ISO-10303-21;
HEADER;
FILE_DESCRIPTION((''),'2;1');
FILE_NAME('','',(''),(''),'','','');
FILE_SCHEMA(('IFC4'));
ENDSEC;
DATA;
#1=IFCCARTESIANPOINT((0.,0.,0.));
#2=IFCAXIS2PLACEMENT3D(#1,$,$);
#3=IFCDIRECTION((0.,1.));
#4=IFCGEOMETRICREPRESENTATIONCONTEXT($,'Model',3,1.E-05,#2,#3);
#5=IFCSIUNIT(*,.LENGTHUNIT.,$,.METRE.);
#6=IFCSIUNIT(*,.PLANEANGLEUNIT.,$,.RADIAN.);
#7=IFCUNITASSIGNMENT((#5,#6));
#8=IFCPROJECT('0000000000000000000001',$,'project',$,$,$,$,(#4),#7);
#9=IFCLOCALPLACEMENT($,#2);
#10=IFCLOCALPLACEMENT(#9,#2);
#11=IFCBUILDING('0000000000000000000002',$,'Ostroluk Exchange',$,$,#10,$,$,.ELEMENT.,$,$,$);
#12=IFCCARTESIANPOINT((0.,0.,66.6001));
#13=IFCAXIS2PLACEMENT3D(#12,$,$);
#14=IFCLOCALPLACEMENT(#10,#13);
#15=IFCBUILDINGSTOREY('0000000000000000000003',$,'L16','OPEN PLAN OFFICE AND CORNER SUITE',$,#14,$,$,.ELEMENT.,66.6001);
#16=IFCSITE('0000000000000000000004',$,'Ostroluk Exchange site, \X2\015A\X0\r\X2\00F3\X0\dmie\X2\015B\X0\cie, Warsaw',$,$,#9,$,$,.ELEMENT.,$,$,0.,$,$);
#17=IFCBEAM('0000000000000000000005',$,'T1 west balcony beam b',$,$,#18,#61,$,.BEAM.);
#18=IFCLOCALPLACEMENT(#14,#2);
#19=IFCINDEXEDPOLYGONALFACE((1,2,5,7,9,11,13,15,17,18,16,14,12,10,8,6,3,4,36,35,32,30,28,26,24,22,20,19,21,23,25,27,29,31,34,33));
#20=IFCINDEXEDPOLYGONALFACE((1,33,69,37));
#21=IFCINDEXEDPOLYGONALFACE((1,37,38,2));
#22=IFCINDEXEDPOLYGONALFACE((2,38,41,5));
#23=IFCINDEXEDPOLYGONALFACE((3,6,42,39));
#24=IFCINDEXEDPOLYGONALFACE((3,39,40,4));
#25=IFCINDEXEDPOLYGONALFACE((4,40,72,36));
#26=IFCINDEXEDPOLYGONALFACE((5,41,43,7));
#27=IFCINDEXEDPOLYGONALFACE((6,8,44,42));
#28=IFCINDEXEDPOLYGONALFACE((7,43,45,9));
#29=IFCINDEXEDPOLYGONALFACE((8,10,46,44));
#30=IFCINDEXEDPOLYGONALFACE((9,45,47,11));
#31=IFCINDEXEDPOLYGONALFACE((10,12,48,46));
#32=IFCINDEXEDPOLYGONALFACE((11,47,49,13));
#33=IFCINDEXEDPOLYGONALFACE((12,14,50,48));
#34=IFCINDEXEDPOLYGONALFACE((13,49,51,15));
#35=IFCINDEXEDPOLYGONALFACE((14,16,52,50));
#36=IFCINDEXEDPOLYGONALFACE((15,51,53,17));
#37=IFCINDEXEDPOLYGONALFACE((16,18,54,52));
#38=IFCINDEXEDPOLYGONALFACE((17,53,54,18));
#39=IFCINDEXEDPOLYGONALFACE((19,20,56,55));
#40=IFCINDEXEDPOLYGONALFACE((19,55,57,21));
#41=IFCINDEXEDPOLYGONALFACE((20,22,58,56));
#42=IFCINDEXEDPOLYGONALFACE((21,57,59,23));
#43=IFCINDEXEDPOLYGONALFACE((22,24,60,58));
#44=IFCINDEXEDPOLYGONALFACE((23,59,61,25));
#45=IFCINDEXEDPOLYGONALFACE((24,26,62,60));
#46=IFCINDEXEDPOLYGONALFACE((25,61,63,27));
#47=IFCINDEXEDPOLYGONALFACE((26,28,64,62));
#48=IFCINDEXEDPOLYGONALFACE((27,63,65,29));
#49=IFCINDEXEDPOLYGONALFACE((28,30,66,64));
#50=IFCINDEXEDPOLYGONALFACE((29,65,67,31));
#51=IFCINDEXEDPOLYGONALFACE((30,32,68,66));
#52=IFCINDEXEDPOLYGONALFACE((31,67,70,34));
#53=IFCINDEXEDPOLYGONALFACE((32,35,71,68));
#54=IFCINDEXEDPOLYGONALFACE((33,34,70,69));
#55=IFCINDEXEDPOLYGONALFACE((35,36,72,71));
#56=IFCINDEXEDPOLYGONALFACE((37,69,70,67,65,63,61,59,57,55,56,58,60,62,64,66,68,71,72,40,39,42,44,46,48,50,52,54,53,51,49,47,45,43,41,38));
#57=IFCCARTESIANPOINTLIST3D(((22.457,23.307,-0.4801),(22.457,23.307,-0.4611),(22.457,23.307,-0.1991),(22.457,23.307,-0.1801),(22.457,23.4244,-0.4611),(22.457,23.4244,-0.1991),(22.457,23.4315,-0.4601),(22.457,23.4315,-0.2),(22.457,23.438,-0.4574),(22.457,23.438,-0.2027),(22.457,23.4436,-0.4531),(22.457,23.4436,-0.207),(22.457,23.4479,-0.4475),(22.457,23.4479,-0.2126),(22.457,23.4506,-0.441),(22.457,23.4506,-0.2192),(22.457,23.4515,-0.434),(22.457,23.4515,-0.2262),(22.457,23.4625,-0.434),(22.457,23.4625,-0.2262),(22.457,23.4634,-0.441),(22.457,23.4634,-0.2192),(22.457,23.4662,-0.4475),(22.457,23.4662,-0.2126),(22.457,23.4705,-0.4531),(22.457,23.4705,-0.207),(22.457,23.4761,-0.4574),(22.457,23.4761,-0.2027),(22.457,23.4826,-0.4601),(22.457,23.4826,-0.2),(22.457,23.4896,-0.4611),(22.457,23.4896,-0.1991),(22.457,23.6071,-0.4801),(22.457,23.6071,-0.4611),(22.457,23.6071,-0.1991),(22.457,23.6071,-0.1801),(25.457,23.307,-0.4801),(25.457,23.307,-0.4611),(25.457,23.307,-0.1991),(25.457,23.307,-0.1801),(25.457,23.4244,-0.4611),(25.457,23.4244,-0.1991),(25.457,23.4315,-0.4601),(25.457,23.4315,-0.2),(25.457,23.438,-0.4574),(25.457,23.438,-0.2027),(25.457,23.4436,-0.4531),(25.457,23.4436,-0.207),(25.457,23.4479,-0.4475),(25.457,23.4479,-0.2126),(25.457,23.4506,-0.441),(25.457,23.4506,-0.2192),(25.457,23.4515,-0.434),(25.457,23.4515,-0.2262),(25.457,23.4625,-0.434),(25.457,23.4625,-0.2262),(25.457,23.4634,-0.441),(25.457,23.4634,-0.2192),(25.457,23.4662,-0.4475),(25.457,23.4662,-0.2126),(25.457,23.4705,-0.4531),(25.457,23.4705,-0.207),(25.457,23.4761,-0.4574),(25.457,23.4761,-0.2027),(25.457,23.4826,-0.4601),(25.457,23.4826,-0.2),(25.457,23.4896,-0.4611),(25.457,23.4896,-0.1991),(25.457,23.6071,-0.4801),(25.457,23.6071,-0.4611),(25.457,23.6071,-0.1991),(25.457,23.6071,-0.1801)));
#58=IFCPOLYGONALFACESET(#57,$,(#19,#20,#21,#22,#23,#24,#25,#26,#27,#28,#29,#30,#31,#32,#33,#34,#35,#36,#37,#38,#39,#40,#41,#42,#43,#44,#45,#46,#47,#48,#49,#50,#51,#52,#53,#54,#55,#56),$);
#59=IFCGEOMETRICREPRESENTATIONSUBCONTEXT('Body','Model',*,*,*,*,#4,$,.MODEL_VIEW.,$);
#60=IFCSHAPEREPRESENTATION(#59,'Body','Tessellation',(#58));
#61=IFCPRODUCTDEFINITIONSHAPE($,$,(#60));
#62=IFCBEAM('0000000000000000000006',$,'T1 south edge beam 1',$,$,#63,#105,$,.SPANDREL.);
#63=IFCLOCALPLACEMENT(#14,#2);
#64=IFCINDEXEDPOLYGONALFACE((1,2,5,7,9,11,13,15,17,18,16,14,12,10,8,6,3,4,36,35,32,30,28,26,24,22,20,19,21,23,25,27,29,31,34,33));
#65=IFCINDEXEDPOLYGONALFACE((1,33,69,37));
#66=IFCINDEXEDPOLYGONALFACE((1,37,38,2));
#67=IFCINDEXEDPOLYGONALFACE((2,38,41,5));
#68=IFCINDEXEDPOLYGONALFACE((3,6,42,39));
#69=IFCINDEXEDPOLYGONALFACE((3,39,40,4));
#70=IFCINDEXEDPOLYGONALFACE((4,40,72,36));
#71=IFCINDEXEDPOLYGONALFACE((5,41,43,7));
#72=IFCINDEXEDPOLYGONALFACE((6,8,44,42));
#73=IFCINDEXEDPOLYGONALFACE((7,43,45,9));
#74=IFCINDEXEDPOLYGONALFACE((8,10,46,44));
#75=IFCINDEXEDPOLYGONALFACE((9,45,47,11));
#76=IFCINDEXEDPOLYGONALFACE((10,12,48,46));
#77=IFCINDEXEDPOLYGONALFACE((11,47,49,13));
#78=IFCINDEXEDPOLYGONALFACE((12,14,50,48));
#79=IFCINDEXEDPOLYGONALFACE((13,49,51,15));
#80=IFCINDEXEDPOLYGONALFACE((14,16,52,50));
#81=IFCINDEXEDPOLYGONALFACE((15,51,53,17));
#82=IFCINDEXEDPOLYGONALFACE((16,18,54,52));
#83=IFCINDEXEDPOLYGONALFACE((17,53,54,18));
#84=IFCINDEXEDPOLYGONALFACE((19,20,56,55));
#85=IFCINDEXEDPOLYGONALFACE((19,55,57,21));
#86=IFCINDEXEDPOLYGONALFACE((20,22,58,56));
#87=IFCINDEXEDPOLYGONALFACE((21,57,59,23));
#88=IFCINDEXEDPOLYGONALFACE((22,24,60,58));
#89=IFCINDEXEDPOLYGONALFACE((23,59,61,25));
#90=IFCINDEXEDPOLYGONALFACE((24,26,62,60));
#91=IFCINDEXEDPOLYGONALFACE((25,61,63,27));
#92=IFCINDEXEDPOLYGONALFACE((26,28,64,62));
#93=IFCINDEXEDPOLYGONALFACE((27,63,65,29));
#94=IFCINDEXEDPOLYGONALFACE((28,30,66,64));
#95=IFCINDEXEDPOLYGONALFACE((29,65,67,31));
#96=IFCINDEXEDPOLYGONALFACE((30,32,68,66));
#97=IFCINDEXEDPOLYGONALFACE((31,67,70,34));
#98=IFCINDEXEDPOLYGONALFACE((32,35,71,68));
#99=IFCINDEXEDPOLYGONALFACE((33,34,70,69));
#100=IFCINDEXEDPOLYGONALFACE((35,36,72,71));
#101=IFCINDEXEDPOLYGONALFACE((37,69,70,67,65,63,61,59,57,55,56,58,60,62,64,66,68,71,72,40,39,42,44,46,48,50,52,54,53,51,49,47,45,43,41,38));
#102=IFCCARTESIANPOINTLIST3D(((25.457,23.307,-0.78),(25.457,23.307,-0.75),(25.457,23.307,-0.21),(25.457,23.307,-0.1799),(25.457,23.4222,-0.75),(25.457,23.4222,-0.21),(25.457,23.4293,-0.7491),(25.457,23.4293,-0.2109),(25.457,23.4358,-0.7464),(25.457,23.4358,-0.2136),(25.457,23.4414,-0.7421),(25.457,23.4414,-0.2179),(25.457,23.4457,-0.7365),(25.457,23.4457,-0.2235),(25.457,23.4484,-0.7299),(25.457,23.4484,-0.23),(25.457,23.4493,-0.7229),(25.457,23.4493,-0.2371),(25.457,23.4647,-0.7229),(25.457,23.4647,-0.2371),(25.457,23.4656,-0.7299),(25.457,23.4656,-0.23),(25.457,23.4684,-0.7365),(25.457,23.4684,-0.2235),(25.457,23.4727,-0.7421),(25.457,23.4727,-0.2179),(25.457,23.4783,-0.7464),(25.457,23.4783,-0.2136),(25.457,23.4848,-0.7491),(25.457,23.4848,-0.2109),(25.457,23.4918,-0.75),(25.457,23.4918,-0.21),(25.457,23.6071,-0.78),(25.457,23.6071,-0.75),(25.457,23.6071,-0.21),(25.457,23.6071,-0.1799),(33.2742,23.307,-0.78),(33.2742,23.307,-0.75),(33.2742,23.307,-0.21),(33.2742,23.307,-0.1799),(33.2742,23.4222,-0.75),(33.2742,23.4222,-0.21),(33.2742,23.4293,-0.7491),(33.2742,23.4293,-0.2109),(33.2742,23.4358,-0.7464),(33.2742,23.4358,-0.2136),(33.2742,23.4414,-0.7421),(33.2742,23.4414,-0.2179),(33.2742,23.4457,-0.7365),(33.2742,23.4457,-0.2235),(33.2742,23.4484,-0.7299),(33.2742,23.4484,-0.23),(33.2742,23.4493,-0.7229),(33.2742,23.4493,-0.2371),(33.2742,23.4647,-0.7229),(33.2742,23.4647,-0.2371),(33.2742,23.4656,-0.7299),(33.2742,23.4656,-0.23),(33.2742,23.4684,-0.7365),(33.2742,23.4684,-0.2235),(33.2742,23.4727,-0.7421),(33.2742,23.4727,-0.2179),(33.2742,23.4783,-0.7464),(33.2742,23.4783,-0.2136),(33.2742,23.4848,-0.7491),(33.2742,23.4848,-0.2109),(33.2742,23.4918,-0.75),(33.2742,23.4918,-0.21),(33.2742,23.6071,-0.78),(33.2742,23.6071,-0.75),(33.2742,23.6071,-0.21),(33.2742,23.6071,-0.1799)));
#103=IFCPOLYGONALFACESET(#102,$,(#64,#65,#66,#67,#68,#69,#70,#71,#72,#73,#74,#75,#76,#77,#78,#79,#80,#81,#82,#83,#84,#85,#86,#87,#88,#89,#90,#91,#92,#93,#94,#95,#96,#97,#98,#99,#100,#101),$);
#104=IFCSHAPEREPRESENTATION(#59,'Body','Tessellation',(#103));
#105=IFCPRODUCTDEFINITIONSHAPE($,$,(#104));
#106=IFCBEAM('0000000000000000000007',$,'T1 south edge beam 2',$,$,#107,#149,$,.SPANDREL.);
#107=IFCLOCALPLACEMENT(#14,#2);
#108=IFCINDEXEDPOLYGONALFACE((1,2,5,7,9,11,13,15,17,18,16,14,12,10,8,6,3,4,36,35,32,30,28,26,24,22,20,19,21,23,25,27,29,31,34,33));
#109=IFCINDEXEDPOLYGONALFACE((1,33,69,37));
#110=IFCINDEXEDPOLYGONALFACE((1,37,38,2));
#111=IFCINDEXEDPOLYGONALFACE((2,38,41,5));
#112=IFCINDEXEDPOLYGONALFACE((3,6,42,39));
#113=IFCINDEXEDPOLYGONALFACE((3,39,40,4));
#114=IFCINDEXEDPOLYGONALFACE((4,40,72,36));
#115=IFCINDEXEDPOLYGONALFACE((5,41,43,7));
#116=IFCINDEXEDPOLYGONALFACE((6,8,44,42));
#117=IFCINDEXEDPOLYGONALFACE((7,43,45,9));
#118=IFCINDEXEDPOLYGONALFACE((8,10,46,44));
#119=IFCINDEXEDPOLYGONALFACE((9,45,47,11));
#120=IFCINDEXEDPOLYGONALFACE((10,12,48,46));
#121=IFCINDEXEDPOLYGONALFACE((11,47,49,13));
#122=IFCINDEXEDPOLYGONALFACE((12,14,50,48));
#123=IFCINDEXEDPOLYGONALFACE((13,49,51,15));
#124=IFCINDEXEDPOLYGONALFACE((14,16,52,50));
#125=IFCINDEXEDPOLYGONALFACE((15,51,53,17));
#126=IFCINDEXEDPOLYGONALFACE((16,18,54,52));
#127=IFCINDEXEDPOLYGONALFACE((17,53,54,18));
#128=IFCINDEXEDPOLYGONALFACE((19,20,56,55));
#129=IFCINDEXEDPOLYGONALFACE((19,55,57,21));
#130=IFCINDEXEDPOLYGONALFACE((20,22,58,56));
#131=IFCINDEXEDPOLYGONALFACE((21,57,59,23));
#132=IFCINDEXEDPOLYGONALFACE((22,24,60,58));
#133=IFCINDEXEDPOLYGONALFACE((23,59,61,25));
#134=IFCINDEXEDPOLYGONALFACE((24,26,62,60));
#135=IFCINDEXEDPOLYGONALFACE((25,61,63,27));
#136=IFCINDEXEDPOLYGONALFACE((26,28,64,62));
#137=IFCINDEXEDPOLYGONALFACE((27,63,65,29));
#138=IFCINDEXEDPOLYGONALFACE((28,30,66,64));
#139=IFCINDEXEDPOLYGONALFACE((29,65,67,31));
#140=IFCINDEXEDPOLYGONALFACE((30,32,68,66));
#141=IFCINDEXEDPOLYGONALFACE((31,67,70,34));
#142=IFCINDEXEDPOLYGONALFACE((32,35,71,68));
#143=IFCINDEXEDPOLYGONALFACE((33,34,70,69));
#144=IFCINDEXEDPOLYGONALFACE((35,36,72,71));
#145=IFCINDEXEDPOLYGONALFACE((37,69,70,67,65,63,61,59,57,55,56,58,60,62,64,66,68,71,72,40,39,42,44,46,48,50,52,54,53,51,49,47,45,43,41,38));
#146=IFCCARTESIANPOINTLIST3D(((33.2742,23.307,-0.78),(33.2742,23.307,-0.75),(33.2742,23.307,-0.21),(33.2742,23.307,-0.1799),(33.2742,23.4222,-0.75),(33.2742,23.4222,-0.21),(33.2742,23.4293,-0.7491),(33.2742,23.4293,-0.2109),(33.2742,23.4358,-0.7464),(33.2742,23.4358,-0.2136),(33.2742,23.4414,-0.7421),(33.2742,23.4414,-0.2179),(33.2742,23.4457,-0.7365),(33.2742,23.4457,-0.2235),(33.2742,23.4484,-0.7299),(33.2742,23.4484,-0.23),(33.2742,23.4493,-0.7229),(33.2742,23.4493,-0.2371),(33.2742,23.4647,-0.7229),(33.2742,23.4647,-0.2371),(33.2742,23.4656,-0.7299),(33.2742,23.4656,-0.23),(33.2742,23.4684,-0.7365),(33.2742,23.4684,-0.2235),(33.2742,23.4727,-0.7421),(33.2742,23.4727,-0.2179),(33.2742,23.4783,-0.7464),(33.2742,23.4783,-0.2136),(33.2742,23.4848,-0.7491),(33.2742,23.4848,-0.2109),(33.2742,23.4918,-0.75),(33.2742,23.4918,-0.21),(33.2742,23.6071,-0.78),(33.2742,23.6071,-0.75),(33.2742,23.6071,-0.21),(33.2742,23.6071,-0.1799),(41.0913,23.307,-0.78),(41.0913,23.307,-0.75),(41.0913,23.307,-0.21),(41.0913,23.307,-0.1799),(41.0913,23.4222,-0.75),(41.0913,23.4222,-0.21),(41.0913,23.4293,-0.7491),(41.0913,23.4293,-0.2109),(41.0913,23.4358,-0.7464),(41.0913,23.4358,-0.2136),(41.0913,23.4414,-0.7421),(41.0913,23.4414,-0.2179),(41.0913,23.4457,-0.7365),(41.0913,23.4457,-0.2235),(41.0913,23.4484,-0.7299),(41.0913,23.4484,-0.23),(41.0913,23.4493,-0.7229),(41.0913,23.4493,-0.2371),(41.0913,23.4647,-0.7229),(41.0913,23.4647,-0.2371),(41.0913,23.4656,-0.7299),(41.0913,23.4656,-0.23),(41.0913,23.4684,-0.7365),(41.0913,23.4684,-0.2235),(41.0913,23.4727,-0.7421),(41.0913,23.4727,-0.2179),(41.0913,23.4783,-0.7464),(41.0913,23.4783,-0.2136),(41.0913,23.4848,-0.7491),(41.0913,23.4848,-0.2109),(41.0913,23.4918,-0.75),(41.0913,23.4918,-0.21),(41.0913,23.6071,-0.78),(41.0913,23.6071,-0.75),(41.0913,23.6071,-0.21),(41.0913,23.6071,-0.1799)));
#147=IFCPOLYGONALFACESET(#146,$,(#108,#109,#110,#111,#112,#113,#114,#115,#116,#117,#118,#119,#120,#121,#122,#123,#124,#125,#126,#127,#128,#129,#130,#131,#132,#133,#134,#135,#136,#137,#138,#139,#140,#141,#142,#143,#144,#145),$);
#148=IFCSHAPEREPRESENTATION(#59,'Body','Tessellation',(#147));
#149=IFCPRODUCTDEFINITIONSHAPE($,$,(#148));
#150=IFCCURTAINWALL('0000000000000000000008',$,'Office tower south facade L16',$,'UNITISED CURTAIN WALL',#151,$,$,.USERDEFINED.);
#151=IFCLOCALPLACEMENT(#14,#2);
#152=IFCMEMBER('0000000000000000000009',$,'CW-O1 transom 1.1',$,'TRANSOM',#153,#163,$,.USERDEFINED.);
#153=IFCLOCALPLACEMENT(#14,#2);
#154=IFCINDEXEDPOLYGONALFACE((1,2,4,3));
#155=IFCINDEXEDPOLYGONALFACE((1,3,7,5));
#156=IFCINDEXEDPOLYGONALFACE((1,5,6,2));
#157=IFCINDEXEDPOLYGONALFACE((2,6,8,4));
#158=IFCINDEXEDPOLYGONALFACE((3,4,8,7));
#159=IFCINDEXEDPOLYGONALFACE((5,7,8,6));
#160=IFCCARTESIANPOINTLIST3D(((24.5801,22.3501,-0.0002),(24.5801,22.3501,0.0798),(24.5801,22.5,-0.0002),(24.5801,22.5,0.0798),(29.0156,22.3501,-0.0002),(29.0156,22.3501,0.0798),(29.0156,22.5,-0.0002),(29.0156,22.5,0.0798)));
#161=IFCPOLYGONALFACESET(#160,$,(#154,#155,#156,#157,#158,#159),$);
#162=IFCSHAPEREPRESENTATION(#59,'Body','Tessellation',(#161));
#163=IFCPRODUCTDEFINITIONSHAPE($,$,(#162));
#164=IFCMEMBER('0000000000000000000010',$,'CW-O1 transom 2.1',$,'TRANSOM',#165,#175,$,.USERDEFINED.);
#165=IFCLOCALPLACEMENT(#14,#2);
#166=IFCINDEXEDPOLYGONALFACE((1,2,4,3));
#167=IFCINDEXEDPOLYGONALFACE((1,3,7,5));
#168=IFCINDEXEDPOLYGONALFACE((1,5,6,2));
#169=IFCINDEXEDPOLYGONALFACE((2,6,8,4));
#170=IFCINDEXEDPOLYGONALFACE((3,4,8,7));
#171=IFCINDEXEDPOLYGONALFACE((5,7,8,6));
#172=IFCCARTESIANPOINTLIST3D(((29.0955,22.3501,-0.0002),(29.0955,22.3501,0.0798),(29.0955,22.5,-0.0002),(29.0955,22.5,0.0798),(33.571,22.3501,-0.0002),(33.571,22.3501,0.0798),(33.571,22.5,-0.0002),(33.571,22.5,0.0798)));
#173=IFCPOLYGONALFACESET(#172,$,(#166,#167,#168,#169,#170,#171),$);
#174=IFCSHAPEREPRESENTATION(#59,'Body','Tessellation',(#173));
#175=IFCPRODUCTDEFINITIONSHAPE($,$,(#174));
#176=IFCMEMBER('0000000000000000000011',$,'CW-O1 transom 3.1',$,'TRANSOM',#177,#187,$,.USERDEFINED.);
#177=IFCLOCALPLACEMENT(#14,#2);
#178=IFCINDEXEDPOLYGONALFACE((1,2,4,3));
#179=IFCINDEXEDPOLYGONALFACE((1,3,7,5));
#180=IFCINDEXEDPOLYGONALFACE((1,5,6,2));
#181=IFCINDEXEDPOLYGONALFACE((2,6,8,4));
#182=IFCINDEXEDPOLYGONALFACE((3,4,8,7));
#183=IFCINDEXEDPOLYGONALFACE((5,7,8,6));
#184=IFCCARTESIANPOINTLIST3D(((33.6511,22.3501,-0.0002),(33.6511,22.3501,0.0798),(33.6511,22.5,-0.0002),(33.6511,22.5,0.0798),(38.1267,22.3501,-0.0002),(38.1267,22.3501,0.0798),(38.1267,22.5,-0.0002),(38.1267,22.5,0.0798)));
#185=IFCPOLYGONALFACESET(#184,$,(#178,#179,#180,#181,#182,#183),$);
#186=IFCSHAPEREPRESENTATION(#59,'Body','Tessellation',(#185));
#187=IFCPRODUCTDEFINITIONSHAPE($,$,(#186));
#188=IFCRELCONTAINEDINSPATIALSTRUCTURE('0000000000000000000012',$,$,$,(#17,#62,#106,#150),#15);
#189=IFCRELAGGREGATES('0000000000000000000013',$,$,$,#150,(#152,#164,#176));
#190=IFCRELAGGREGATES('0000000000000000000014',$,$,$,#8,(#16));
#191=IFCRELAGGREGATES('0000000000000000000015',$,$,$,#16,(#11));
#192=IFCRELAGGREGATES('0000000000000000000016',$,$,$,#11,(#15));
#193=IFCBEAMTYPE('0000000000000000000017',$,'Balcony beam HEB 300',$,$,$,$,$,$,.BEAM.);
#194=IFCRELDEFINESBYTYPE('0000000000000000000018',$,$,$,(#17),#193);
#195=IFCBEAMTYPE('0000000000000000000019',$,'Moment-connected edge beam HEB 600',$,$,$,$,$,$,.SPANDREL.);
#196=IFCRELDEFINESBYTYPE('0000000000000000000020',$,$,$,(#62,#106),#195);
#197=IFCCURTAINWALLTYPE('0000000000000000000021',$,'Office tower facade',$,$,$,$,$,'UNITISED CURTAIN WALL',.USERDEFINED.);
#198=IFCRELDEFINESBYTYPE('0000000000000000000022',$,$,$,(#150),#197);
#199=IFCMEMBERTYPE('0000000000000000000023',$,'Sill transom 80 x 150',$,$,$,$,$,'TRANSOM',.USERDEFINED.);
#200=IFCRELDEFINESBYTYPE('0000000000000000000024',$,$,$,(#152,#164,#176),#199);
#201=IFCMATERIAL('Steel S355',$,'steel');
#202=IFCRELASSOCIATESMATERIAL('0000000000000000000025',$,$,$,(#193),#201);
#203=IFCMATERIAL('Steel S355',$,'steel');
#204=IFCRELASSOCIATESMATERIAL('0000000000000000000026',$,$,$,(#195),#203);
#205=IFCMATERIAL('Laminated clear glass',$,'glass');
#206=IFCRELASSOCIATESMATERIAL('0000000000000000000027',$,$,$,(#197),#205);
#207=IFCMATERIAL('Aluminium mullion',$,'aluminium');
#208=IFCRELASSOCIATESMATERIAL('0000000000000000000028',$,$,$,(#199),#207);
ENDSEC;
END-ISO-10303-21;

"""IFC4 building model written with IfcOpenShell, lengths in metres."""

from ifc_helpers import new_model, si_unit, direction, frame, origin, origin_2d, place, context, subcontext, project, spatial, rectangle, i_section, extrude, material, material_profile, profile_set, type_object, element, aggregate, save


model = new_model("IFC4")

# Units and contexts
model_context = context("Model", 3, precision=1e-05, world=origin(), true_north=direction((0.0, 1.0)))
body_context = subcontext(model_context, "Body", "Model", "MODEL_VIEW")
ifc_project = project(units=[si_unit("LENGTHUNIT", "METRE"), si_unit("PLANEANGLEUNIT", "RADIAN")], contexts=[model_context])

# Site, building, storey
site_placement = place(None, origin())
site = spatial("IfcSite", under=ifc_project, at=site_placement, Name="Ostroluk Exchange site, Śródmieście, Warsaw", CompositionType="ELEMENT", RefElevation=0.0)
building_placement = place(site_placement, origin())
building = spatial("IfcBuilding", under=site, at=building_placement, Name="Ostroluk Exchange", CompositionType="ELEMENT")
storey_placement = place(building_placement, frame((0.0, 0.0, 66.6001)))
storey = spatial("IfcBuildingStorey", under=building, at=storey_placement, Name="L16", Description="OPEN PLAN OFFICE AND CORNER SUITE", CompositionType="ELEMENT", Elevation=66.6001)

# Beams
ifc_material_1 = material(Name="Steel S355", Category="steel")
ifc_material_profile_1 = material_profile(ifc_material_1, i_section(OverallWidth=0.3, OverallDepth=0.3, WebThickness=0.011, FlangeThickness=0.019, FilletRadius=0.0271, at=origin_2d()), Name="HEB 300")
ifc_profile_set_1 = profile_set([ifc_material_profile_1], Name="Steel S355")
beam_type_1 = type_object("IfcBeamType", Name="Balcony beam HEB 300", PredefinedType="BEAM", material=ifc_profile_set_1)
beam_placement = place(storey_placement, frame((25.457, 23.457, -0.3301), z_axis=(-1.0, 0.0, 0.0), x_axis=(0.0, -1.0, 0.0)))
element("IfcBeam", 1, at=beam_placement, inside=storey, type_object=beam_type_1, Name="T1 west balcony beam b", PredefinedType="BEAM", context=body_context, shape_type="SweptSolid", body=[
    extrude(i_section(OverallWidth=0.3, OverallDepth=0.3, WebThickness=0.011, FlangeThickness=0.019, FilletRadius=0.0271, at=origin_2d()), origin(), (0.0, 0.0, 1.0), 3.0),
])
ifc_material_2 = material(Name="Steel S355", Category="steel")
ifc_material_profile_2 = material_profile(ifc_material_2, i_section(OverallWidth=0.3, OverallDepth=0.6001, WebThickness=0.0154, FlangeThickness=0.03, FilletRadius=0.0271, at=origin_2d()), Name="HEB 600")
ifc_profile_set_2 = profile_set([ifc_material_profile_2], Name="Steel S355")
beam_type_2 = type_object("IfcBeamType", Name="Moment-connected edge beam HEB 600", PredefinedType="SPANDREL", material=ifc_profile_set_2)
for number, where, z_axis, x_axis, name in (
    (2, (25.457, 23.457, -0.48), (1.0, 0.0, 0.0), (0.0, 1.0, 0.0), "T1 south edge beam 1"),
    (3, (33.2742, 23.457, -0.48), (1.0, 0.0, 0.0), (0.0, 1.0, 0.0), "T1 south edge beam 2"),
):
    element("IfcBeam", number, at=place(storey_placement, frame(where, z_axis=z_axis, x_axis=x_axis)), inside=storey, type_object=beam_type_2, Name=name, PredefinedType="SPANDREL", context=body_context, shape_type="SweptSolid", body=[
        extrude(i_section(OverallWidth=0.3, OverallDepth=0.6001, WebThickness=0.0154, FlangeThickness=0.03, FilletRadius=0.0271, at=origin_2d()), origin(), (0.0, 0.0, 1.0), 7.8171),
    ])

# Curtain wall, members
ifc_material_3 = material(Name="Laminated clear glass", Category="glass")
curtain_wall_type = type_object("IfcCurtainWallType", Name="Office tower facade", ElementType="UNITISED CURTAIN WALL", PredefinedType="USERDEFINED", material=ifc_material_3)
curtain_wall_placement = place(storey_placement, origin())
curtain_wall = element("IfcCurtainWall", 4, at=curtain_wall_placement, inside=storey, type_object=curtain_wall_type, Name="Office tower south facade L16", ObjectType="UNITISED CURTAIN WALL", PredefinedType="USERDEFINED")
ifc_material_4 = material(Name="Aluminium mullion", Category="aluminium")
ifc_material_profile_3 = material_profile(ifc_material_4, rectangle(XDim=0.1499, YDim=0.0801, at=origin_2d()), Name="Sill transom 80 x 150")
ifc_profile_set_3 = profile_set([ifc_material_profile_3], Name="Aluminium mullion")
member_type_1 = type_object("IfcMemberType", Name="Sill transom 80 x 150", ElementType="TRANSOM", PredefinedType="USERDEFINED", material=ifc_profile_set_3)
member_1_placement = place(storey_placement, frame((24.5801, 22.425, 0.0398), z_axis=(1.0, 0.0, 0.0), x_axis=(0.0, 1.0, 0.0)))
member_1 = element("IfcMember", 5, at=member_1_placement, type_object=member_type_1, Name="CW-O1 transom 1.1", ObjectType="TRANSOM", PredefinedType="USERDEFINED", context=body_context, shape_type="SweptSolid", body=[
    extrude(rectangle(XDim=0.1499, YDim=0.0801, at=origin_2d()), origin(), (0.0, 0.0, 1.0), 4.4355),
])
member_2_placement = place(storey_placement, frame((29.0955, 22.425, 0.0398), z_axis=(1.0, 0.0, 0.0), x_axis=(0.0, 1.0, 0.0)))
member_2 = element("IfcMember", 6, at=member_2_placement, type_object=member_type_1, Name="CW-O1 transom 2.1", ObjectType="TRANSOM", PredefinedType="USERDEFINED", context=body_context, shape_type="SweptSolid", body=[
    extrude(rectangle(XDim=0.1499, YDim=0.0801, at=origin_2d()), origin(), (0.0, 0.0, 1.0), 4.4756),
])
member_3_placement = place(storey_placement, frame((33.6511, 22.425, 0.0398), z_axis=(1.0, 0.0, 0.0), x_axis=(0.0, 1.0, 0.0)))
member_3 = element("IfcMember", 7, at=member_3_placement, type_object=member_type_1, Name="CW-O1 transom 3.1", ObjectType="TRANSOM", PredefinedType="USERDEFINED", context=body_context, shape_type="SweptSolid", body=[
    extrude(rectangle(XDim=0.1499, YDim=0.0801, at=origin_2d()), origin(), (0.0, 0.0, 1.0), 4.4756),
])

aggregate(curtain_wall, [member_1, member_2, member_3])

save(model, "model.ifc")
